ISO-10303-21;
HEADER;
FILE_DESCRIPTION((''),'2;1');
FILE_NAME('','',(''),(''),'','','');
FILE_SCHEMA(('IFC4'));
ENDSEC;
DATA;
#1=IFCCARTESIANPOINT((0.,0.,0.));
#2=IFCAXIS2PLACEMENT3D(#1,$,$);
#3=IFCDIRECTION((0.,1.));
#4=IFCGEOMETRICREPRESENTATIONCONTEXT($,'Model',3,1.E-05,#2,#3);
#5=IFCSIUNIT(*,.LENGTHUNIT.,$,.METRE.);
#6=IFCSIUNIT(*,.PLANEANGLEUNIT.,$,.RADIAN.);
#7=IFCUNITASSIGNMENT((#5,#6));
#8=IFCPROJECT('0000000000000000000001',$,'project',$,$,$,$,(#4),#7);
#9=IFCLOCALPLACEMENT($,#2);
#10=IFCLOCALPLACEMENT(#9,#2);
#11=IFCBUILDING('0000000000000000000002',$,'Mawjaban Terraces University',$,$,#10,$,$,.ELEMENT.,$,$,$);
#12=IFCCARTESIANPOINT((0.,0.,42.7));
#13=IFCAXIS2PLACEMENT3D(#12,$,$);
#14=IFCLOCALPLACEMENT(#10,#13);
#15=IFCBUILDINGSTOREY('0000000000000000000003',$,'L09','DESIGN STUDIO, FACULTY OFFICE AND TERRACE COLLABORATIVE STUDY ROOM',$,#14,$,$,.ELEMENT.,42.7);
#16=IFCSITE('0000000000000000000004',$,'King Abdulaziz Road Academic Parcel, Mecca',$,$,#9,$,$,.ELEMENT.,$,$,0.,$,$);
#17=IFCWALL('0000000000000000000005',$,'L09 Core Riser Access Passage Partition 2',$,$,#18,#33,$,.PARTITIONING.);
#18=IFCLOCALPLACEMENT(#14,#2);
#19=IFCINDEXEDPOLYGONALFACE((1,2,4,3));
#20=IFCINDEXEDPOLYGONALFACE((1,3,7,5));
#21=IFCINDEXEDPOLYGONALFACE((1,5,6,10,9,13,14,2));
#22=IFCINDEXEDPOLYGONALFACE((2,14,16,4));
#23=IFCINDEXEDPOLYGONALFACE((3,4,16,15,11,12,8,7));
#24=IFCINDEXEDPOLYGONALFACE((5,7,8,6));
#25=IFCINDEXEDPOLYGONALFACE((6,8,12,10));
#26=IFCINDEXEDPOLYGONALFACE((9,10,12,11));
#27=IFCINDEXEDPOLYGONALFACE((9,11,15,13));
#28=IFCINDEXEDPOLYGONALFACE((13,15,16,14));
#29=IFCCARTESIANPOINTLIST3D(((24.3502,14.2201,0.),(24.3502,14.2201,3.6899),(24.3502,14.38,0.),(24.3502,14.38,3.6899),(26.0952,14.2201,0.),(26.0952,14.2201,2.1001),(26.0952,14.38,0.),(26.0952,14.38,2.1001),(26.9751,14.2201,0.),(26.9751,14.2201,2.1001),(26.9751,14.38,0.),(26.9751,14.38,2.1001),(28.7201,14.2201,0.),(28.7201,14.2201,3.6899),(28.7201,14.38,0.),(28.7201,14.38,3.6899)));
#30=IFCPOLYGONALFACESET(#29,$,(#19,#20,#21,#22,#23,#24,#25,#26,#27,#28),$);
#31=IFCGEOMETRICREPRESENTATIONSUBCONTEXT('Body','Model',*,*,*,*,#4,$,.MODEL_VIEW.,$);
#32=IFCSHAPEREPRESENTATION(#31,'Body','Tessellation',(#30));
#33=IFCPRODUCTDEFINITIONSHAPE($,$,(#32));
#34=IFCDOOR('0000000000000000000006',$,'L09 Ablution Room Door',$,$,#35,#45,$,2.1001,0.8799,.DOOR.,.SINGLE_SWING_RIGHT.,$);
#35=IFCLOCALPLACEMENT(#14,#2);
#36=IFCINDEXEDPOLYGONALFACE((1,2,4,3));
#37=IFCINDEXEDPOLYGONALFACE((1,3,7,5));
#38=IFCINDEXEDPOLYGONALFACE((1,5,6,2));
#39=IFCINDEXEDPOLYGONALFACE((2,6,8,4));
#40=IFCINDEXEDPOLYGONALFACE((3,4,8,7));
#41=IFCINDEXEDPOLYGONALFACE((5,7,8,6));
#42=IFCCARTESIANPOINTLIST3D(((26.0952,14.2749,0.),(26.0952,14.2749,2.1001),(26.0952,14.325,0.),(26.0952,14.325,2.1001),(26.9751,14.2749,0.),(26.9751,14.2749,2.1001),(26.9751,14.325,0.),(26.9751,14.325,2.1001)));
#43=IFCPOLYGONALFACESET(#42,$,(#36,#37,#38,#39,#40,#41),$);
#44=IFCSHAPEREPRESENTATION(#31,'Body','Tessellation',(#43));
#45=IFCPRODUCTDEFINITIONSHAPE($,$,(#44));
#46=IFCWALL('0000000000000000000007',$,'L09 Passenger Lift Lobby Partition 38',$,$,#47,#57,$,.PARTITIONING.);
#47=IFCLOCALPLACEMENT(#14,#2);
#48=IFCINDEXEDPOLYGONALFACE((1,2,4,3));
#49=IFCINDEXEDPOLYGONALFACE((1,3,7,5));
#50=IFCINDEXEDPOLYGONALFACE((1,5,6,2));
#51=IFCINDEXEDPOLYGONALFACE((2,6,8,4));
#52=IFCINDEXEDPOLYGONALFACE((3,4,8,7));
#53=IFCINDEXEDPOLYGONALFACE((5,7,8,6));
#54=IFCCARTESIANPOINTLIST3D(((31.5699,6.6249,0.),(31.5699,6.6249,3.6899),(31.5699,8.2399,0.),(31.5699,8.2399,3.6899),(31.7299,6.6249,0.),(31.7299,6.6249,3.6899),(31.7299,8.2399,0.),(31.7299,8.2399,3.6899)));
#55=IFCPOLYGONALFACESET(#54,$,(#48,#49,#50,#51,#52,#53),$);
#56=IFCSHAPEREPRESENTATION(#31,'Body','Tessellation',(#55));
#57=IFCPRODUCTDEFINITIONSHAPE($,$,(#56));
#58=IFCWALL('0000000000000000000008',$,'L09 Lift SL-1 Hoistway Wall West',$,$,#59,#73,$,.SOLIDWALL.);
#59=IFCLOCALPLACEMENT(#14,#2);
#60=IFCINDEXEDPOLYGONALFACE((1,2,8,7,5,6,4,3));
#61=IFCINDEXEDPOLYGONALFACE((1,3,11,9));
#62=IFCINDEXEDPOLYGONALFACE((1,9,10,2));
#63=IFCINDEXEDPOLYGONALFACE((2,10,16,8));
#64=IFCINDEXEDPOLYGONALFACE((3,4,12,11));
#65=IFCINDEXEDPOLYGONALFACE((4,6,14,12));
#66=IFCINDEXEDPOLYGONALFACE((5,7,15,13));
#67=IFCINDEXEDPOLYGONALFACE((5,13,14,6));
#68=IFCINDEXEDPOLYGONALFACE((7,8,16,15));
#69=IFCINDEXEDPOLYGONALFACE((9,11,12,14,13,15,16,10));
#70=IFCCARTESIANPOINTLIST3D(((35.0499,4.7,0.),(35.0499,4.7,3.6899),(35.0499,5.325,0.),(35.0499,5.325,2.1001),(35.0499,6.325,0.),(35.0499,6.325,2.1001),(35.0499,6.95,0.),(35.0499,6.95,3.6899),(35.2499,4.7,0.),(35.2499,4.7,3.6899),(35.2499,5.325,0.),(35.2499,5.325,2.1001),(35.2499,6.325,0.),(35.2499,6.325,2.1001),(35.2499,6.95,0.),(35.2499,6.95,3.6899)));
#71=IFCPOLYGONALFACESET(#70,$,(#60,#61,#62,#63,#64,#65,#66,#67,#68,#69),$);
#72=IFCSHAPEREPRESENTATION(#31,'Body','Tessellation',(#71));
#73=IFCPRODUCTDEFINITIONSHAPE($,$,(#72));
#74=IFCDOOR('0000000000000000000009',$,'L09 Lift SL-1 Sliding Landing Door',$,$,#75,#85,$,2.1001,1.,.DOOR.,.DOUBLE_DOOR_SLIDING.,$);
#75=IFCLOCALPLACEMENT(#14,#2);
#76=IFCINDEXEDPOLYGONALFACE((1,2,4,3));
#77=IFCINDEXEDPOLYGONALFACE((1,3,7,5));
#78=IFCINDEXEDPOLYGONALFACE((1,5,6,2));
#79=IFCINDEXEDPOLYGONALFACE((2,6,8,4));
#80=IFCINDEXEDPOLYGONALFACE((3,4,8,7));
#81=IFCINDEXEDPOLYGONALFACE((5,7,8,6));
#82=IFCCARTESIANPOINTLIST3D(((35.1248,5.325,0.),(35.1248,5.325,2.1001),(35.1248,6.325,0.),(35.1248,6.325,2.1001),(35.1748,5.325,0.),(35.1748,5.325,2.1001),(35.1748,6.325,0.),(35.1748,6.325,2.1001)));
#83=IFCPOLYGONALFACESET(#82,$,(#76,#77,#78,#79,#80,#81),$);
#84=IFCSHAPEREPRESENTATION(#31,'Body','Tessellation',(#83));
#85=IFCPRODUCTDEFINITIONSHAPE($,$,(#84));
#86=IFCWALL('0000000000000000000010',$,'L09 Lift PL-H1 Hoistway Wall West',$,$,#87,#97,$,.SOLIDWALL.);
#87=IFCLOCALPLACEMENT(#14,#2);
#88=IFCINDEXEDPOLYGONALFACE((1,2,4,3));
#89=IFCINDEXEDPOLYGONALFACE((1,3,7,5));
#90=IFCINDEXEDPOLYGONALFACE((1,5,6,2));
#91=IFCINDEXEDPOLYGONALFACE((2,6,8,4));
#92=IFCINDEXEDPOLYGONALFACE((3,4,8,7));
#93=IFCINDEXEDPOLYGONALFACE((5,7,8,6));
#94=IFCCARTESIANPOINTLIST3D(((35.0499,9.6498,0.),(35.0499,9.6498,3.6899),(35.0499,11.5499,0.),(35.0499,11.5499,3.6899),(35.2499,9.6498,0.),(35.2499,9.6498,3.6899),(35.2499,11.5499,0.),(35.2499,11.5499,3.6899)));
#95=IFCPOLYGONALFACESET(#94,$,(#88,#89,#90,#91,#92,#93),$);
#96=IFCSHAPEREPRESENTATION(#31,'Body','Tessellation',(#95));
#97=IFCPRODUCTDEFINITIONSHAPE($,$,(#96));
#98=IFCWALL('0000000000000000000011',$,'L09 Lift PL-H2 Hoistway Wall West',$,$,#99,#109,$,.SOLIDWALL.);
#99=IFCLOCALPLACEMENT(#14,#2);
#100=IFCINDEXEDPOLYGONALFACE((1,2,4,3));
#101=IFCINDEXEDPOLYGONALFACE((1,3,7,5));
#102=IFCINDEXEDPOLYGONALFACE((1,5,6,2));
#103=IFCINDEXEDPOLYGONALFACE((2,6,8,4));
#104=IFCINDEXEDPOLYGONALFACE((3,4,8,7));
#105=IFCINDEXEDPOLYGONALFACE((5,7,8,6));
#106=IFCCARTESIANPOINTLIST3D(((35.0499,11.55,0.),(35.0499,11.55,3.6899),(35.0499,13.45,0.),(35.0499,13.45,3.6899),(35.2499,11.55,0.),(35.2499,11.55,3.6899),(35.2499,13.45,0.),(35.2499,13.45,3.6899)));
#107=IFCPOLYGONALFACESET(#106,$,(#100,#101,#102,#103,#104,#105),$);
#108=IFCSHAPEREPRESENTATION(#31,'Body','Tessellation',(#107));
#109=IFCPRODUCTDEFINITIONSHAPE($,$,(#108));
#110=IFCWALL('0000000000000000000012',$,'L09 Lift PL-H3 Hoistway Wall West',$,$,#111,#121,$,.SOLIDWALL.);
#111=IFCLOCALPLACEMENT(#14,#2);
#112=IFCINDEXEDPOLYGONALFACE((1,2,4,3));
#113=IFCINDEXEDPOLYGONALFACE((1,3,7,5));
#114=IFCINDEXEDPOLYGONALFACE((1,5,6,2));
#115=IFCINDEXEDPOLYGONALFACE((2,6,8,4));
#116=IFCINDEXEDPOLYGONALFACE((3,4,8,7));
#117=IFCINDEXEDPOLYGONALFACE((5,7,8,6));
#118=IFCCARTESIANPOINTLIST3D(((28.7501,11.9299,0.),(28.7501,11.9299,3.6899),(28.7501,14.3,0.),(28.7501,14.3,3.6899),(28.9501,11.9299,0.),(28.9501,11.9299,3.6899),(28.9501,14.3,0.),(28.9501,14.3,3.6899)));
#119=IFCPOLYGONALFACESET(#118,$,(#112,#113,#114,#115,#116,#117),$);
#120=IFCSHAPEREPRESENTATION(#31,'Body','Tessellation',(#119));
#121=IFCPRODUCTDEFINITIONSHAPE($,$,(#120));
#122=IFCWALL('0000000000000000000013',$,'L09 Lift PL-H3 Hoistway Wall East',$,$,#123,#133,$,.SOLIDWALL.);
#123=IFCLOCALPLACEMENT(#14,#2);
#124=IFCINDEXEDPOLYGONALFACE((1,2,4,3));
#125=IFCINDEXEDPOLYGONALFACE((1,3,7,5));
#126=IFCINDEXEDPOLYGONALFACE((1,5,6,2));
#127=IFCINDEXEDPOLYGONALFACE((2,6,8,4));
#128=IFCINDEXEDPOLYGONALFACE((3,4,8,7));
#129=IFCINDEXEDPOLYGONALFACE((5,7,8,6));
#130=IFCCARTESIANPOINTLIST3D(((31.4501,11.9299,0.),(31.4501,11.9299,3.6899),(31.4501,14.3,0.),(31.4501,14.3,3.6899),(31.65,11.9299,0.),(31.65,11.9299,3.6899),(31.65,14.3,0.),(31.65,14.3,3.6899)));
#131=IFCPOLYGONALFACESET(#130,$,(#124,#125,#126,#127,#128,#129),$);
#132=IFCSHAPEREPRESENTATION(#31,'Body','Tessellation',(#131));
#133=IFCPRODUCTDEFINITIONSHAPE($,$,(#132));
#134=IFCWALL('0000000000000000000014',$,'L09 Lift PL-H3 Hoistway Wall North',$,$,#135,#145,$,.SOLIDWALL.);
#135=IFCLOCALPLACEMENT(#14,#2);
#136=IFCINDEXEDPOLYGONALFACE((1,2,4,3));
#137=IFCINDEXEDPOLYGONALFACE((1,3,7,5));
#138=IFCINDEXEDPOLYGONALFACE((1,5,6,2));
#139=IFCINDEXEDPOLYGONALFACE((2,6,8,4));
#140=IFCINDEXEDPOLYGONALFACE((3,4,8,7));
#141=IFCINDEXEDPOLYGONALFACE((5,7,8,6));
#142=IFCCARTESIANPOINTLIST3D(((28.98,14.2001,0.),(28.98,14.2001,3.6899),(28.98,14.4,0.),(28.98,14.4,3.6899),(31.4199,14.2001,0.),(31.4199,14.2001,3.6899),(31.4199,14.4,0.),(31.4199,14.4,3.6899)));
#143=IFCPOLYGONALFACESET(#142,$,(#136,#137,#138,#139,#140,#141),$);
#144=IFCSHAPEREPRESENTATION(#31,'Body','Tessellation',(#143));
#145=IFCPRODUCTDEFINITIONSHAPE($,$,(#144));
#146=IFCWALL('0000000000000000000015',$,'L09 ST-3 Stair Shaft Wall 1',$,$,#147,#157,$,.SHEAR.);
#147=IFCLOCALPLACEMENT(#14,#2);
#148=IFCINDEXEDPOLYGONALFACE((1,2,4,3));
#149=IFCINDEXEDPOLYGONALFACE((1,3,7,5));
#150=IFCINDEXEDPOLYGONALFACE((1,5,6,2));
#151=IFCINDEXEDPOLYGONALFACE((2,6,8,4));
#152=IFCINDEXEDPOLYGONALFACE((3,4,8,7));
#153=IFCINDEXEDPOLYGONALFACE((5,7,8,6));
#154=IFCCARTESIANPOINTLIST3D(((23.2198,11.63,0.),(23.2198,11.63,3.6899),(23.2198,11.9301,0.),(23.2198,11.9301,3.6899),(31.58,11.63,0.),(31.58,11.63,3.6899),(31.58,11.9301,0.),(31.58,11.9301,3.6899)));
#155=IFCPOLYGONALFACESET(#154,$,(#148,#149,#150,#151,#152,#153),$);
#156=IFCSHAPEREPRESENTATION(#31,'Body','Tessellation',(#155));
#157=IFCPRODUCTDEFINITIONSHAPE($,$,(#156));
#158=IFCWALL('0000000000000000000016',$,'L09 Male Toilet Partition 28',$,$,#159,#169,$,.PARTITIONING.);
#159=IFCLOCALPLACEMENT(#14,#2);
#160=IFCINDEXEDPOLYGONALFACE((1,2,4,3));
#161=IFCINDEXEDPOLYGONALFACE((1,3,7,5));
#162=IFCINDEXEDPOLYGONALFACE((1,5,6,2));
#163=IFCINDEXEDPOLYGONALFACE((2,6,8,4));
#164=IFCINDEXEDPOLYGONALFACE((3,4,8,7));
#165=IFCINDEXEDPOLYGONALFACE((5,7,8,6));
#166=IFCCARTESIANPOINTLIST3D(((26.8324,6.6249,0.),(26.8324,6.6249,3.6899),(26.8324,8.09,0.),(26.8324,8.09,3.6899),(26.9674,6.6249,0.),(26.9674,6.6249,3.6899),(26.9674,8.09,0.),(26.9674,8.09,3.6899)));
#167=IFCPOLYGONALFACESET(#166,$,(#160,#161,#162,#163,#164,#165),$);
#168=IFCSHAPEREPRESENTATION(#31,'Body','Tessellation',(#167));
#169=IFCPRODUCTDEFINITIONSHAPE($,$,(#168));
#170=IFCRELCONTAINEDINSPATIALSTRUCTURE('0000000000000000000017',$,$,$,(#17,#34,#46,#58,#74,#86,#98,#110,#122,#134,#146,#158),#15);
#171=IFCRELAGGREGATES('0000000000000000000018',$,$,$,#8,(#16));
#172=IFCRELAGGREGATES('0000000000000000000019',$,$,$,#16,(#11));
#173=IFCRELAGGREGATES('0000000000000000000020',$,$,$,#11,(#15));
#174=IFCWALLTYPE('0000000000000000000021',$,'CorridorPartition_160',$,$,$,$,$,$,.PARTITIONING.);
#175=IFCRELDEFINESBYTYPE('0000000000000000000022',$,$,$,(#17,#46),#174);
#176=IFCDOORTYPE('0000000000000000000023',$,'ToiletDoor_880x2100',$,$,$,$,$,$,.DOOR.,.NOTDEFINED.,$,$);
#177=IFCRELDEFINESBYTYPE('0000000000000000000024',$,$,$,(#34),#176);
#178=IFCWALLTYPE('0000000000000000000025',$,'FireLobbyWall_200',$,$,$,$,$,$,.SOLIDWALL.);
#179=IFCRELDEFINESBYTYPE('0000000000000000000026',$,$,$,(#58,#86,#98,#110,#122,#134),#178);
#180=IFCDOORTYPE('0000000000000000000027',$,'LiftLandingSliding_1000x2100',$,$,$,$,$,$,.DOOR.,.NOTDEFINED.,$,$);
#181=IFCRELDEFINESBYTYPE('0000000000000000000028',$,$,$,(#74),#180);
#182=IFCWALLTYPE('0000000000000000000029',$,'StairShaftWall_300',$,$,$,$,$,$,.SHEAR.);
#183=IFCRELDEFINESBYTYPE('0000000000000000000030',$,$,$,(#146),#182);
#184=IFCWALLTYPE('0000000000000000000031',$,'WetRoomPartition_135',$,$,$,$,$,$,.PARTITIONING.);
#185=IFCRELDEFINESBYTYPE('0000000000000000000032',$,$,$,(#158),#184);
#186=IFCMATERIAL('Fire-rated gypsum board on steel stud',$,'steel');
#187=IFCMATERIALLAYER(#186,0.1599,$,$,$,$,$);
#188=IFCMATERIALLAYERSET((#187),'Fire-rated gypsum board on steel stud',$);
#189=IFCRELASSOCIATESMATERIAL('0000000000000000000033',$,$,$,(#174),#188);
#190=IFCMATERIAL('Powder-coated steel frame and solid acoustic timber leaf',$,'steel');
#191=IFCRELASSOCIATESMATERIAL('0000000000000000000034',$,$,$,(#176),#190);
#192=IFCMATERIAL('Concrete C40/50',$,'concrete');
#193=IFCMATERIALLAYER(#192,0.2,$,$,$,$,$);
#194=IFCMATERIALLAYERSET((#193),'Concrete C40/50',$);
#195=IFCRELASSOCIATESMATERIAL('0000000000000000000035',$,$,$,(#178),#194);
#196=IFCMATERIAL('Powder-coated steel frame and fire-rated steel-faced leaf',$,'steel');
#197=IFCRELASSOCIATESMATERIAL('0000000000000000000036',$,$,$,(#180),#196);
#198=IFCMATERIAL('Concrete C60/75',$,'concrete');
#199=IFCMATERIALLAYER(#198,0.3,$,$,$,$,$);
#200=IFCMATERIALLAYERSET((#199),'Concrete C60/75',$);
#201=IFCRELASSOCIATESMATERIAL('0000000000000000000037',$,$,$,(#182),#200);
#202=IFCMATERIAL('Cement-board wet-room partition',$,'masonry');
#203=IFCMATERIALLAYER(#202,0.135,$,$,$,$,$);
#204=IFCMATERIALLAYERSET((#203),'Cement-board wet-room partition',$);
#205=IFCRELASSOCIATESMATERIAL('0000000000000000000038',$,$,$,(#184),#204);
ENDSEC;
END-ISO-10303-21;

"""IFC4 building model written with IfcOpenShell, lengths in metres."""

from ifc_helpers import new_model, si_unit, direction, frame, frame_2d, origin, place, context, subcontext, project, spatial, rectangle, extrude, material, layer, layer_set, type_object, element, fill, save


model = new_model("IFC4")

# Units and contexts
model_context = context("Model", 3, precision=1e-05, world=origin(), true_north=direction((0.0, 1.0)))
body_context = subcontext(model_context, "Body", "Model", "MODEL_VIEW")
ifc_project = project(units=[si_unit("LENGTHUNIT", "METRE"), si_unit("PLANEANGLEUNIT", "RADIAN")], contexts=[model_context])

# Site, building, storey
site_placement = place(None, origin())
site = spatial("IfcSite", under=ifc_project, at=site_placement, Name="King Abdulaziz Road Academic Parcel, Mecca", CompositionType="ELEMENT", RefElevation=0.0)
building_placement = place(site_placement, origin())
building = spatial("IfcBuilding", under=site, at=building_placement, Name="Mawjaban Terraces University", CompositionType="ELEMENT")
storey_placement = place(building_placement, frame((0.0, 0.0, 42.7)))
storey = spatial("IfcBuildingStorey", under=building, at=storey_placement, Name="L09", Description="DESIGN STUDIO, FACULTY OFFICE AND TERRACE COLLABORATIVE STUDY ROOM", CompositionType="ELEMENT", Elevation=42.7)

# Wall, opening, door
ifc_material_1 = material(Name="Fire-rated gypsum board on steel stud", Category="steel")
ifc_layer_1 = layer(ifc_material_1, 0.1599)
ifc_layer_set_1 = layer_set([ifc_layer_1], Name="Fire-rated gypsum board on steel stud")
wall_type_1 = type_object("IfcWallType", Name="CorridorPartition_160", PredefinedType="PARTITIONING", material=ifc_layer_set_1)
wall_1_placement = place(storey_placement, frame((24.3501, 14.3, 0.0), z_axis=(0.0, 0.0, 1.0), x_axis=(1.0, 0.0, 0.0)))
wall_1 = element("IfcWall", 1, at=wall_1_placement, inside=storey, type_object=wall_type_1, Name="L09 Core Riser Access Passage Partition 2", PredefinedType="PARTITIONING", context=body_context, shape_type="SweptSolid", body=[
    extrude(rectangle(XDim=4.3699, YDim=0.1599, at=frame_2d((2.1851, 0.0))), origin(), (0.0, 0.0, 1.0), 3.6899),
])
opening_1_placement = place(wall_1_placement, frame((1.7451, 0.0, 0.0)))
opening_1 = element("IfcOpeningElement", 2, at=opening_1_placement, cuts=wall_1, PredefinedType="OPENING", context=body_context, shape_type="SweptSolid", body=[
    extrude(rectangle(XDim=0.8799, YDim=2.1001, at=frame_2d((0.4399, 1.05))), frame((0.0, 0.0898, 0.0), z_axis=(0.0, -1.0, 0.0), x_axis=(1.0, 0.0, 0.0)), (0.0, 0.0, 1.0), 0.1799),
])
ifc_material_2 = material(Name="Powder-coated steel frame and solid acoustic timber leaf", Category="steel")
door_type_1 = type_object("IfcDoorType", Name="ToiletDoor_880x2100", OperationType="NOTDEFINED", PredefinedType="DOOR", material=ifc_material_2)
door_1_placement = place(opening_1_placement, origin())
door_1 = element("IfcDoor", 3, at=door_1_placement, inside=storey, type_object=door_type_1, Name="L09 Ablution Room Door", OperationType="SINGLE_SWING_RIGHT", OverallHeight=2.1001, OverallWidth=0.8799, PredefinedType="DOOR", context=body_context, shape_type="SweptSolid", body=[
    extrude(rectangle(XDim=0.8799, YDim=2.1001, at=frame_2d((0.4399, 1.05))), frame((0.0, 0.0249, 0.0), z_axis=(0.0, -1.0, 0.0), x_axis=(1.0, 0.0, 0.0)), (0.0, 0.0, 1.0), 0.05),
])
fill(opening_1, door_1)

# Wall
wall_2_placement = place(storey_placement, frame((31.6499, 8.24, 0.0), z_axis=(0.0, 0.0, 1.0), x_axis=(0.0, -1.0, 0.0)))
element("IfcWall", 4, at=wall_2_placement, inside=storey, type_object=wall_type_1, Name="L09 Passenger Lift Lobby Partition 38", PredefinedType="PARTITIONING", context=body_context, shape_type="SweptSolid", body=[
    extrude(rectangle(XDim=1.615, YDim=0.1599, at=frame_2d((0.8076, 0.0))), origin(), (0.0, 0.0, 1.0), 3.6899),
])

# Wall, opening, door
ifc_material_3 = material(Name="Concrete C40/50", Category="concrete")
ifc_layer_2 = layer(ifc_material_3, 0.2)
ifc_layer_set_2 = layer_set([ifc_layer_2], Name="Concrete C40/50")
wall_type_2 = type_object("IfcWallType", Name="FireLobbyWall_200", PredefinedType="SOLIDWALL", material=ifc_layer_set_2)
wall_3_placement = place(storey_placement, frame((35.1499, 6.95, 0.0), z_axis=(0.0, 0.0, 1.0), x_axis=(0.0, -1.0, 0.0)))
wall_3 = element("IfcWall", 5, at=wall_3_placement, inside=storey, type_object=wall_type_2, Name="L09 Lift SL-1 Hoistway Wall West", PredefinedType="SOLIDWALL", context=body_context, shape_type="SweptSolid", body=[
    extrude(rectangle(XDim=2.25, YDim=0.2, at=frame_2d((1.125, 0.0))), origin(), (0.0, 0.0, 1.0), 3.6899),
])
opening_2_placement = place(wall_3_placement, frame((0.625, 0.0, 0.0)))
opening_2 = element("IfcOpeningElement", 6, at=opening_2_placement, cuts=wall_3, PredefinedType="OPENING", context=body_context, shape_type="SweptSolid", body=[
    extrude(rectangle(XDim=1.0, YDim=2.1001, at=frame_2d((0.5, 1.05))), frame((0.0, 0.1099, 0.0), z_axis=(0.0, -1.0, 0.0), x_axis=(1.0, 0.0, 0.0)), (0.0, 0.0, 1.0), 0.22),
])
ifc_material_4 = material(Name="Powder-coated steel frame and fire-rated steel-faced leaf", Category="steel")
door_type_2 = type_object("IfcDoorType", Name="LiftLandingSliding_1000x2100", OperationType="NOTDEFINED", PredefinedType="DOOR", material=ifc_material_4)
door_2_placement = place(opening_2_placement, origin())
door_2 = element("IfcDoor", 7, at=door_2_placement, inside=storey, type_object=door_type_2, Name="L09 Lift SL-1 Sliding Landing Door", OperationType="DOUBLE_DOOR_SLIDING", OverallHeight=2.1001, OverallWidth=1.0, PredefinedType="DOOR", context=body_context, shape_type="SweptSolid", body=[
    extrude(rectangle(XDim=1.0, YDim=2.1001, at=frame_2d((0.5, 1.05))), frame((0.0, 0.0249, 0.0), z_axis=(0.0, -1.0, 0.0), x_axis=(1.0, 0.0, 0.0)), (0.0, 0.0, 1.0), 0.05),
])
fill(opening_2, door_2)

# Walls
wall_4_placement = place(storey_placement, frame((35.1499, 11.55, 0.0), z_axis=(0.0, 0.0, 1.0), x_axis=(0.0, -1.0, 0.0)))
element("IfcWall", 8, at=wall_4_placement, inside=storey, type_object=wall_type_2, Name="L09 Lift PL-H1 Hoistway Wall West", PredefinedType="SOLIDWALL", context=body_context, shape_type="SweptSolid", body=[
    extrude(rectangle(XDim=1.9001, YDim=0.2, at=frame_2d((0.9502, 0.0))), origin(), (0.0, 0.0, 1.0), 3.6899),
])
wall_5_placement = place(storey_placement, frame((35.1499, 13.45, 0.0), z_axis=(0.0, 0.0, 1.0), x_axis=(0.0, -1.0, 0.0)))
element("IfcWall", 9, at=wall_5_placement, inside=storey, type_object=wall_type_2, Name="L09 Lift PL-H2 Hoistway Wall West", PredefinedType="SOLIDWALL", context=body_context, shape_type="SweptSolid", body=[
    extrude(rectangle(XDim=1.8999, YDim=0.2, at=frame_2d((0.95, 0.0))), origin(), (0.0, 0.0, 1.0), 3.6899),
])
for number, where, z_axis, x_axis, name in (
    (10, (28.8501, 14.3, 0.0), (0.0, 0.0, 1.0), (0.0, -1.0, 0.0), "L09 Lift PL-H3 Hoistway Wall West"),
    (11, (31.55, 11.9299, 0.0), (0.0, 0.0, 1.0), (0.0, 1.0, 0.0), "L09 Lift PL-H3 Hoistway Wall East"),
):
    element("IfcWall", number, at=place(storey_placement, frame(where, z_axis=z_axis, x_axis=x_axis)), inside=storey, type_object=wall_type_2, Name=name, PredefinedType="SOLIDWALL", context=body_context, shape_type="SweptSolid", body=[
        extrude(rectangle(XDim=2.3701, YDim=0.2, at=frame_2d((1.1851, 0.0))), origin(), (0.0, 0.0, 1.0), 3.6899),
    ])
wall_6_placement = place(storey_placement, frame((31.4199, 14.3, 0.0), z_axis=(0.0, 0.0, 1.0), x_axis=(-1.0, 0.0, 0.0)))
element("IfcWall", 12, at=wall_6_placement, inside=storey, type_object=wall_type_2, Name="L09 Lift PL-H3 Hoistway Wall North", PredefinedType="SOLIDWALL", context=body_context, shape_type="SweptSolid", body=[
    extrude(rectangle(XDim=2.4399, YDim=0.2, at=frame_2d((1.22, 0.0))), origin(), (0.0, 0.0, 1.0), 3.6899),
])
ifc_material_5 = material(Name="Concrete C60/75", Category="concrete")
ifc_layer_3 = layer(ifc_material_5, 0.3)
ifc_layer_set_3 = layer_set([ifc_layer_3], Name="Concrete C60/75")
wall_type_3 = type_object("IfcWallType", Name="StairShaftWall_300", PredefinedType="SHEAR", material=ifc_layer_set_3)
wall_7_placement = place(storey_placement, frame((31.5801, 11.78, 0.0), z_axis=(0.0, 0.0, 1.0), x_axis=(-1.0, 0.0, 0.0)))
element("IfcWall", 13, at=wall_7_placement, inside=storey, type_object=wall_type_3, Name="L09 ST-3 Stair Shaft Wall 1", PredefinedType="SHEAR", context=body_context, shape_type="SweptSolid", body=[
    extrude(rectangle(XDim=8.3601, YDim=0.3, at=frame_2d((4.1802, 0.0))), origin(), (0.0, 0.0, 1.0), 3.6899),
])

# Wall
ifc_material_6 = material(Name="Cement-board wet-room partition", Category="masonry")
ifc_layer_4 = layer(ifc_material_6, 0.135)
ifc_layer_set_4 = layer_set([ifc_layer_4], Name="Cement-board wet-room partition")
wall_type_4 = type_object("IfcWallType", Name="WetRoomPartition_135", PredefinedType="PARTITIONING", material=ifc_layer_set_4)
wall_8_placement = place(storey_placement, frame((26.8999, 6.625, 0.0), z_axis=(0.0, 0.0, 1.0), x_axis=(0.0, 1.0, 0.0)))
element("IfcWall", 14, at=wall_8_placement, inside=storey, type_object=wall_type_4, Name="L09 Male Toilet Partition 28", PredefinedType="PARTITIONING", context=body_context, shape_type="SweptSolid", body=[
    extrude(rectangle(XDim=1.4651, YDim=0.135, at=frame_2d((0.7324, 0.0))), origin(), (0.0, 0.0, 1.0), 3.6899),
])

save(model, "model.ifc")
